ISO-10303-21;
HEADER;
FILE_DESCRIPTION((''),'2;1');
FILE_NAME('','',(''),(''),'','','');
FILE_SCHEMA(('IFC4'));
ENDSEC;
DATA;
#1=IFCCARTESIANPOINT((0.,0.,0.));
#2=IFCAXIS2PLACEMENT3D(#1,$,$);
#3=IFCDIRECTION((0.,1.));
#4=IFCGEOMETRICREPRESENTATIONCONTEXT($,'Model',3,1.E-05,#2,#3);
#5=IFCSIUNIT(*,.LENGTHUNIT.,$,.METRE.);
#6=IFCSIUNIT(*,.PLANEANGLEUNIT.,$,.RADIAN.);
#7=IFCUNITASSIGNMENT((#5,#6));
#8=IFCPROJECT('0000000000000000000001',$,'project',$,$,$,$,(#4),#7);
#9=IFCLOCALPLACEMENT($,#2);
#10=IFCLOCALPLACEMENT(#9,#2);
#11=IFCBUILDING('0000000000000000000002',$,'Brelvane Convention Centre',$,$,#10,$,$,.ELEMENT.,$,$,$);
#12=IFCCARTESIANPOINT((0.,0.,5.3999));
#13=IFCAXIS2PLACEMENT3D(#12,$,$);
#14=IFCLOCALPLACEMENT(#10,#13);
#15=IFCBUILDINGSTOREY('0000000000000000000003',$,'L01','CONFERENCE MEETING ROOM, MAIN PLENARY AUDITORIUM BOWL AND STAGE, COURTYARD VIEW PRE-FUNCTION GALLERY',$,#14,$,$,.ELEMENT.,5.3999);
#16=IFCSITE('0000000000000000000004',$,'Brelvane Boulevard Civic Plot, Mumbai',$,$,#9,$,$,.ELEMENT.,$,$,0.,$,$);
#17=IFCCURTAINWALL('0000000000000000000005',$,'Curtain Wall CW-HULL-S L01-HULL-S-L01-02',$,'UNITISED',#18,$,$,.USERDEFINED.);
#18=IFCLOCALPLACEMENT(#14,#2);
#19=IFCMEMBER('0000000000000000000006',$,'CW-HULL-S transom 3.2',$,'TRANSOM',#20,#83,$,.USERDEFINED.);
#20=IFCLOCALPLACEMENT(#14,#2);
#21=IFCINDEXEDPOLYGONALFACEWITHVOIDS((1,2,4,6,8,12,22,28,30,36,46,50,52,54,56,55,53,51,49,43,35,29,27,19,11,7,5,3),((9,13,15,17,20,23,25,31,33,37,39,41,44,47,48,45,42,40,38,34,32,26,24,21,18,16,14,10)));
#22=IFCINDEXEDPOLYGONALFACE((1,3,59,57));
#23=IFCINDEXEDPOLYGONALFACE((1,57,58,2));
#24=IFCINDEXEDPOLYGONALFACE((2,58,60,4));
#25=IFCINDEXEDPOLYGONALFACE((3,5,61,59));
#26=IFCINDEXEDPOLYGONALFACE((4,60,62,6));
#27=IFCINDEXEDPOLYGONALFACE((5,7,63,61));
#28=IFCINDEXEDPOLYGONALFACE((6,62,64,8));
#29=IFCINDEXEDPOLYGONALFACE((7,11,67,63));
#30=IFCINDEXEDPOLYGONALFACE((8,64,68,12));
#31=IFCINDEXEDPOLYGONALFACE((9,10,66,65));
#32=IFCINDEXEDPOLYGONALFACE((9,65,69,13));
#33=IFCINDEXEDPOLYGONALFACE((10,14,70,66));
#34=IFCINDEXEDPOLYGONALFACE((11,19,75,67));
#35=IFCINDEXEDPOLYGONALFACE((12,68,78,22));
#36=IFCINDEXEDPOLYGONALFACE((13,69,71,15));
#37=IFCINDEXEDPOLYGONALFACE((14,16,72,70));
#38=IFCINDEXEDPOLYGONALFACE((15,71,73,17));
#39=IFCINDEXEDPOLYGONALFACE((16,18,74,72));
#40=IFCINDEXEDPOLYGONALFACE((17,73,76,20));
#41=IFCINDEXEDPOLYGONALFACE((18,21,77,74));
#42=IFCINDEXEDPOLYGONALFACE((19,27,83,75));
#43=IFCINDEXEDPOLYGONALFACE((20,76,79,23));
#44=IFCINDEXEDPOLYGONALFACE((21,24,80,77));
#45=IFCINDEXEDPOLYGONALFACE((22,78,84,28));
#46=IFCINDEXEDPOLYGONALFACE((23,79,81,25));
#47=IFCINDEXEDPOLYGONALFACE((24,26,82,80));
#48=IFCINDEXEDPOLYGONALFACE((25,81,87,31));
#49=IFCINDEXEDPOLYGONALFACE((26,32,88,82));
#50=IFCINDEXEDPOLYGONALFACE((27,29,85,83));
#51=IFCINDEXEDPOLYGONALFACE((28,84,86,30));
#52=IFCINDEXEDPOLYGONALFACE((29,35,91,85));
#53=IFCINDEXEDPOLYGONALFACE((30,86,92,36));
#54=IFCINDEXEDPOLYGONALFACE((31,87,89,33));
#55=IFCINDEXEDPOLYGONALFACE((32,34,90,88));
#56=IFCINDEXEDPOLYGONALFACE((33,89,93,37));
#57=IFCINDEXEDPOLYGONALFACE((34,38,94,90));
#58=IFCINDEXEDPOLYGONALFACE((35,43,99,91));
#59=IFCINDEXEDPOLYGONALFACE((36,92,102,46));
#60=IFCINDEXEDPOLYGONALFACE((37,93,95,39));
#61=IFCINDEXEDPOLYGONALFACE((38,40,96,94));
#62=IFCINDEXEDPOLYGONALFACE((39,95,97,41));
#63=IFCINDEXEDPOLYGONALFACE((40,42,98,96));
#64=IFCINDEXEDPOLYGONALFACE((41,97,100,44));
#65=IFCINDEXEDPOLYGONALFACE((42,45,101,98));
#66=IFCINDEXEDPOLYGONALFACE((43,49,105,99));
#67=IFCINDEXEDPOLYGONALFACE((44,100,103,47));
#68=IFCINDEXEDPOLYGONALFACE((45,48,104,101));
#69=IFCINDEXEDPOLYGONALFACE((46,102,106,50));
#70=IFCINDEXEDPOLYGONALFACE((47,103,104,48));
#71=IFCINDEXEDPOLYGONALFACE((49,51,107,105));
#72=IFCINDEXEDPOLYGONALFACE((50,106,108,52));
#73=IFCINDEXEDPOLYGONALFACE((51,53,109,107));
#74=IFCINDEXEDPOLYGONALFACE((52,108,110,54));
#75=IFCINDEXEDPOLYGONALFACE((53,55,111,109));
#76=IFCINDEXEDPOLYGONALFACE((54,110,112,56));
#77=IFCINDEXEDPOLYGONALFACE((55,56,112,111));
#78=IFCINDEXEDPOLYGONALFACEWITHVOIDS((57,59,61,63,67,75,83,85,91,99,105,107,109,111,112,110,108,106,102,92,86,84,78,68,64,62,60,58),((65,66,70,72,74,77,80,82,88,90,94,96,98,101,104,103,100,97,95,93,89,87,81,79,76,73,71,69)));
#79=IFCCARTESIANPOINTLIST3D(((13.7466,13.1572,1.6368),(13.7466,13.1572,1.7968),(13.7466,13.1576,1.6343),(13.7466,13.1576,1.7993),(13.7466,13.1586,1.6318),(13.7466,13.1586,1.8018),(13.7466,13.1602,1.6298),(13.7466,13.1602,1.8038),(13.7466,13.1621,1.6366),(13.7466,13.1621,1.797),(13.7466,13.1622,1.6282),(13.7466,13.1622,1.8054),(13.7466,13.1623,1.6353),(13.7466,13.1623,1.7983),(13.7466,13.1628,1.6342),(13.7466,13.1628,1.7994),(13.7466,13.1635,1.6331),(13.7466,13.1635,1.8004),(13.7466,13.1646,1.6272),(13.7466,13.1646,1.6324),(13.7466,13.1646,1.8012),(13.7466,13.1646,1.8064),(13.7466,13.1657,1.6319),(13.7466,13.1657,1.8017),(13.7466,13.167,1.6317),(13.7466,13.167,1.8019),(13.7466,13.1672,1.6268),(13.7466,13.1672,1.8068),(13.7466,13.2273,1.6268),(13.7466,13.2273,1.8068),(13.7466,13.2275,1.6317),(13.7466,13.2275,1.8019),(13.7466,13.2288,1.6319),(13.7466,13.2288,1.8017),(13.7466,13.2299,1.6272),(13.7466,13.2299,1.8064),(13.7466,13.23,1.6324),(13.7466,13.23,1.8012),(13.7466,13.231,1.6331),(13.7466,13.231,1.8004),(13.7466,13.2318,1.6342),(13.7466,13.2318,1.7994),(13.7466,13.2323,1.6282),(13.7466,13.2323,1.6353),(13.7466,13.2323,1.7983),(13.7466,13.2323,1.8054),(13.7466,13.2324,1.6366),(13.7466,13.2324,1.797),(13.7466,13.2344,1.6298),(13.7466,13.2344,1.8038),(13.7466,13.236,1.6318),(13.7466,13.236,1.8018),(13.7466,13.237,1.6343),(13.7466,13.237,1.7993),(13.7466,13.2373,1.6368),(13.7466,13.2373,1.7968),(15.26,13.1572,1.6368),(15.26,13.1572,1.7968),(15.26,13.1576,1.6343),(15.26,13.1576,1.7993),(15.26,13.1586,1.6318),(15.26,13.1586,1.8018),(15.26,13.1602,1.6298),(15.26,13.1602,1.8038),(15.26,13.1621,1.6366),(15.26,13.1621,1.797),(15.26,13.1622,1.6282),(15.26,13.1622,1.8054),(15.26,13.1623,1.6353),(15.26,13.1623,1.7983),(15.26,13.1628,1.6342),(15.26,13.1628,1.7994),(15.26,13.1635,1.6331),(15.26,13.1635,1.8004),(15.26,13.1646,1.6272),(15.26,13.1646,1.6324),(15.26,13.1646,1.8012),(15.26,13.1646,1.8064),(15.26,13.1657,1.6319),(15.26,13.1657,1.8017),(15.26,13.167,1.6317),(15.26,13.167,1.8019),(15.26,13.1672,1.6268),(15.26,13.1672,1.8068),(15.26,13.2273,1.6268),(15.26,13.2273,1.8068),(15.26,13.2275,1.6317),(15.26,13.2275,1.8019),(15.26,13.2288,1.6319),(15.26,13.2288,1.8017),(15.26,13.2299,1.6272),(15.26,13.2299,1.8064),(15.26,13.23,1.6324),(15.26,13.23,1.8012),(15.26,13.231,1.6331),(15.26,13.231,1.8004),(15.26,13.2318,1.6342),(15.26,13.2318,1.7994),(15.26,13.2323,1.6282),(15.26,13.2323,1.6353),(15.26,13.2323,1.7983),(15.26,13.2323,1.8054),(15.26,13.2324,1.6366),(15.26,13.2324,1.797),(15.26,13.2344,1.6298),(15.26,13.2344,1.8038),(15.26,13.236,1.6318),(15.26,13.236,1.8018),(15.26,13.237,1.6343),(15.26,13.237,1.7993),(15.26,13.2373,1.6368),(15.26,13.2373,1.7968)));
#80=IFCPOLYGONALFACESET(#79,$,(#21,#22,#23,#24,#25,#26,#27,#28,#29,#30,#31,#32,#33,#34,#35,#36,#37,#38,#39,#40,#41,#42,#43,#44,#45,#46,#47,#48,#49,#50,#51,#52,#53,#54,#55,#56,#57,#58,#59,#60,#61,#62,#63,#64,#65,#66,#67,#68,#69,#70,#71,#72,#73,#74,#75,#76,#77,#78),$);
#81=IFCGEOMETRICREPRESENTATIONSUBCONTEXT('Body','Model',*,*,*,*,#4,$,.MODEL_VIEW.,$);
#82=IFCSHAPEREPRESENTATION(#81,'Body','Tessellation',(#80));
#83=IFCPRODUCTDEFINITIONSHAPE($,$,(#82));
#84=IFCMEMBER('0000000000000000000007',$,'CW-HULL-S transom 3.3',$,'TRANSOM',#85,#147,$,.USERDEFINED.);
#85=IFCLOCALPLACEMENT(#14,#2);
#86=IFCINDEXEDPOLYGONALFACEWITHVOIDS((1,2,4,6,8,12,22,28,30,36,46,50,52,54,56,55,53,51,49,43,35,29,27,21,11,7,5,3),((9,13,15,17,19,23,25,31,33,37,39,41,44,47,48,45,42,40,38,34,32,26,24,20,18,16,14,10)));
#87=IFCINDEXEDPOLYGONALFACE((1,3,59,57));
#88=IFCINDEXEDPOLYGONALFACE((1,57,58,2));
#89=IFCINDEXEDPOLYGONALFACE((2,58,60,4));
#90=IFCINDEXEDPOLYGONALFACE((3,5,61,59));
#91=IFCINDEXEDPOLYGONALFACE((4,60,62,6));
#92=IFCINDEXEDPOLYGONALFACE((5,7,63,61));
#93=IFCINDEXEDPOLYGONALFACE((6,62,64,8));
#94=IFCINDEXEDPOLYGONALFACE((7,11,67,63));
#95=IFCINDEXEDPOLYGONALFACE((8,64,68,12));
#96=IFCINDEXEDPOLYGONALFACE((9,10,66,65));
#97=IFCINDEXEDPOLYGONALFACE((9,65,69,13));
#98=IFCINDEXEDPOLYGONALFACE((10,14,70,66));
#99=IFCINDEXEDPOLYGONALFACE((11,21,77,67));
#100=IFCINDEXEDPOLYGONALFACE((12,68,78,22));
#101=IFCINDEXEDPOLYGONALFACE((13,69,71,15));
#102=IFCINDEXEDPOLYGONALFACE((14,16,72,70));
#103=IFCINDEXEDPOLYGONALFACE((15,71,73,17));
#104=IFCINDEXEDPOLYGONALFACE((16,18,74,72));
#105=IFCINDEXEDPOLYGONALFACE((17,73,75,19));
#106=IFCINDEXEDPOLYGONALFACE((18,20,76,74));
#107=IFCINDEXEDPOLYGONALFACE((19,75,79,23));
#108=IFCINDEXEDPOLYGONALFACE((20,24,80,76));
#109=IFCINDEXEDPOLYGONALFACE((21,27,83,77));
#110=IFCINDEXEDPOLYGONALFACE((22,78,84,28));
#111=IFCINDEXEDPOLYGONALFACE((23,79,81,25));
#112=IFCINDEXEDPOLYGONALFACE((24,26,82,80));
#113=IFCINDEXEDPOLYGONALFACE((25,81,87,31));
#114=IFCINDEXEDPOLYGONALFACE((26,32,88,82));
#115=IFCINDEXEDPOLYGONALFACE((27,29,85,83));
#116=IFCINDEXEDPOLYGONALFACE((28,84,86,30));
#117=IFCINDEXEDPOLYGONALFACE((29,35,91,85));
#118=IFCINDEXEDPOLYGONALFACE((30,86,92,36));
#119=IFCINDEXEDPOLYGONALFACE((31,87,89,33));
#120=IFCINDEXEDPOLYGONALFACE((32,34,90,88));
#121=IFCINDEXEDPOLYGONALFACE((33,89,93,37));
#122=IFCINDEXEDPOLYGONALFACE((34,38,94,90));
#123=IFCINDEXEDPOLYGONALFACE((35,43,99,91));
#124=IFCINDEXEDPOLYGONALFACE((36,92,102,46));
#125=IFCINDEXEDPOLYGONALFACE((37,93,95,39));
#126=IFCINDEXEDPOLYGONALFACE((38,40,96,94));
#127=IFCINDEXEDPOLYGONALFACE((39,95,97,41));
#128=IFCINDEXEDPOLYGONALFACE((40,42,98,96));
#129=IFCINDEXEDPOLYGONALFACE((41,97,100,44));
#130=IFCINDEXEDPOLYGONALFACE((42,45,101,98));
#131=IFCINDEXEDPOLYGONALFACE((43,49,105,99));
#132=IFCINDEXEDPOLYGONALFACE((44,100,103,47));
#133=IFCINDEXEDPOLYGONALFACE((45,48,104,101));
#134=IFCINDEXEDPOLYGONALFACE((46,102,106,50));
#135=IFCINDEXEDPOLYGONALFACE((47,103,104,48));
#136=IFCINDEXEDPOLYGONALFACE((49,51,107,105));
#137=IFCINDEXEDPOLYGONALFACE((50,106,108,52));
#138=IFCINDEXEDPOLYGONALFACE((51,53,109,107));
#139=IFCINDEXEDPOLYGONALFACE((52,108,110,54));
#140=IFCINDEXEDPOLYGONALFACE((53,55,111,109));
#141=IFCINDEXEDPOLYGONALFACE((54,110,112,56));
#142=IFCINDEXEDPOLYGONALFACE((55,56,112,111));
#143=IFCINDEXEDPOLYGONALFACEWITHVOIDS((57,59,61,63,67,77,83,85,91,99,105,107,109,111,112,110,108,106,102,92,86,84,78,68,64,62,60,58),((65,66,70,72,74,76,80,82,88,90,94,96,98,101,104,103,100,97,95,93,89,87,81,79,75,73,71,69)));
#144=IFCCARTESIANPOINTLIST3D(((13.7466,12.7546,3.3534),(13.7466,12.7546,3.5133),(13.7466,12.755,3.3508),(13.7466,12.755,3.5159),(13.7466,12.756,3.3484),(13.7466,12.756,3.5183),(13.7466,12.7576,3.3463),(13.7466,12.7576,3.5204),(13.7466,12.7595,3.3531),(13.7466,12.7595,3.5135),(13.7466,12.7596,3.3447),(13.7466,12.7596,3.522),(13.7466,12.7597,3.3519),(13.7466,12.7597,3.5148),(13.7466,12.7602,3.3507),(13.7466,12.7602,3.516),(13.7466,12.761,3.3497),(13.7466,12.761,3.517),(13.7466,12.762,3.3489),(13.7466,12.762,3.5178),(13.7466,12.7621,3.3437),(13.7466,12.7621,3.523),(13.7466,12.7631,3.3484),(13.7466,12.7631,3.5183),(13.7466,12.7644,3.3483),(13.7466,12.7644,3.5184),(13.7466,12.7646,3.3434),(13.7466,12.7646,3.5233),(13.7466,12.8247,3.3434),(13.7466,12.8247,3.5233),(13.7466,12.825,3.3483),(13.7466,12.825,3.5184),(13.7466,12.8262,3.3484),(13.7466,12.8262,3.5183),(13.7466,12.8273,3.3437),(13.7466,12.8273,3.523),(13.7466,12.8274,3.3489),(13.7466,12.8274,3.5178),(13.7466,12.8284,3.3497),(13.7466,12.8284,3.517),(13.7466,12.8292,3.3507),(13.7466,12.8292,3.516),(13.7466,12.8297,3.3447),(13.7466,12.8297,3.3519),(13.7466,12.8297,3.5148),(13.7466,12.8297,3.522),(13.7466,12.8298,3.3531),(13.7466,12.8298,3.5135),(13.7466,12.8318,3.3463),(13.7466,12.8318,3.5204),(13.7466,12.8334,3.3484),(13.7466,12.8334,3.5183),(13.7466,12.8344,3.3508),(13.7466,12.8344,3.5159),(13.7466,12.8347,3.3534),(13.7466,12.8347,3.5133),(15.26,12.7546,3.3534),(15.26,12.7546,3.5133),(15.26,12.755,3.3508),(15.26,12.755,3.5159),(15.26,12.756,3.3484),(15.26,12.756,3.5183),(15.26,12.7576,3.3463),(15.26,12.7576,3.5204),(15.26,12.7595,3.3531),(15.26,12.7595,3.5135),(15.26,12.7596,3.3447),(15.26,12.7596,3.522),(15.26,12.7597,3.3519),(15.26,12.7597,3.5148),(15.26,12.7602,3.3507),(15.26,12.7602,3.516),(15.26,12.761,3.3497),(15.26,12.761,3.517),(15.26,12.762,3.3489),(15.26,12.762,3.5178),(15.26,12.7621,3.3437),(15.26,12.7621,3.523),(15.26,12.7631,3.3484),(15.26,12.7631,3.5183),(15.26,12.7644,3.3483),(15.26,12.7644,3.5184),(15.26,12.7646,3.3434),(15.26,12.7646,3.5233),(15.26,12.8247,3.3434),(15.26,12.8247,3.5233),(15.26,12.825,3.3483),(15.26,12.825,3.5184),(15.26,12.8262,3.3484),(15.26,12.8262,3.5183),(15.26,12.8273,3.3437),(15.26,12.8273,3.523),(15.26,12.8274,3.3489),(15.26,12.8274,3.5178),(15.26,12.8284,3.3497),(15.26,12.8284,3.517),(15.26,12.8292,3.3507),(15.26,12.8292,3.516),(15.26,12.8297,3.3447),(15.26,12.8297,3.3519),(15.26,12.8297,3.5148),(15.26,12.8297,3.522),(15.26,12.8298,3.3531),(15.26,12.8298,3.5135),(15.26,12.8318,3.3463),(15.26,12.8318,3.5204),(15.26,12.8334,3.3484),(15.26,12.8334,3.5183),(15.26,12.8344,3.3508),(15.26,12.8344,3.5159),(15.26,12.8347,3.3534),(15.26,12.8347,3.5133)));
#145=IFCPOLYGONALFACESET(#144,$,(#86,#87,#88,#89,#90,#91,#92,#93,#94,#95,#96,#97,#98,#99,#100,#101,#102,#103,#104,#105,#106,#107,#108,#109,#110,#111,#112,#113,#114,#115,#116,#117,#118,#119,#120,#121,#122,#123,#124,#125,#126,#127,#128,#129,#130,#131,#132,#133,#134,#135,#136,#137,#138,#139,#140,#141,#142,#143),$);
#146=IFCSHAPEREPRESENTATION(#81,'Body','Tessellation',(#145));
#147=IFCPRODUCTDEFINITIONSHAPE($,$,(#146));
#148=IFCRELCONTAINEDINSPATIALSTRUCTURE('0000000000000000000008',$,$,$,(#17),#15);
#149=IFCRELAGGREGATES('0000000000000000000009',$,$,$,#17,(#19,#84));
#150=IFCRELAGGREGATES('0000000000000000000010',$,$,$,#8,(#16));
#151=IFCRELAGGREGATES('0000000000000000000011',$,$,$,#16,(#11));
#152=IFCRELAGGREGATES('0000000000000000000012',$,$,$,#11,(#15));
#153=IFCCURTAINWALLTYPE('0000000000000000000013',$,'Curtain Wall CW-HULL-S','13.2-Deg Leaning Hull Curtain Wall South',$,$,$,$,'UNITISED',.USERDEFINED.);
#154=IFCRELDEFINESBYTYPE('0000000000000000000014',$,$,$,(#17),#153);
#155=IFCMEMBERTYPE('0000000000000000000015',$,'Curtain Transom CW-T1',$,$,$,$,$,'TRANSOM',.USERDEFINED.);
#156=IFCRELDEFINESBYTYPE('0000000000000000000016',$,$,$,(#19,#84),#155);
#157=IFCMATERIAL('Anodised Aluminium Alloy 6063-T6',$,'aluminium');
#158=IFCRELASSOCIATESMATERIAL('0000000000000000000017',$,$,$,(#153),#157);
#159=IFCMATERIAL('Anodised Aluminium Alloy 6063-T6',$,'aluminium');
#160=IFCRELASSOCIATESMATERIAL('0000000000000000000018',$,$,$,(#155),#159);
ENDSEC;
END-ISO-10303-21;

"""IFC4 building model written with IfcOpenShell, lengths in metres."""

from ifc_helpers import new_model, si_unit, direction, frame, origin, origin_2d, place, context, subcontext, project, spatial, hollow_rectangle, extrude, material, material_profile, profile_set, type_object, element, aggregate, save


model = new_model("IFC4")

# Units and contexts
model_context = context("Model", 3, precision=1e-05, world=origin(), true_north=direction((0.0, 1.0)))
body_context = subcontext(model_context, "Body", "Model", "MODEL_VIEW")
ifc_project = project(units=[si_unit("LENGTHUNIT", "METRE"), si_unit("PLANEANGLEUNIT", "RADIAN")], contexts=[model_context])

# Site, building, storey
site_placement = place(None, origin())
site = spatial("IfcSite", under=ifc_project, at=site_placement, Name="Brelvane Boulevard Civic Plot, Mumbai", CompositionType="ELEMENT", RefElevation=0.0)
building_placement = place(site_placement, origin())
building = spatial("IfcBuilding", under=site, at=building_placement, Name="Brelvane Convention Centre", CompositionType="ELEMENT")
storey_placement = place(building_placement, frame((0.0, 0.0, 5.3999)))
storey = spatial("IfcBuildingStorey", under=building, at=storey_placement, Name="L01", Description="CONFERENCE MEETING ROOM, MAIN PLENARY AUDITORIUM BOWL AND STAGE, COURTYARD VIEW PRE-FUNCTION GALLERY", CompositionType="ELEMENT", Elevation=5.3999)

# Curtain wall, members
ifc_material_1 = material(Name="Anodised Aluminium Alloy 6063-T6", Category="aluminium")
curtain_wall_type = type_object("IfcCurtainWallType", Name="Curtain Wall CW-HULL-S", Description="13.2-Deg Leaning Hull Curtain Wall South", ElementType="UNITISED", PredefinedType="USERDEFINED", material=ifc_material_1)
curtain_wall_1_placement = place(storey_placement, origin())
curtain_wall_1 = element("IfcCurtainWall", 1, at=curtain_wall_1_placement, inside=storey, type_object=curtain_wall_type, Name="Curtain Wall CW-HULL-S L01-HULL-S-L01-02", ObjectType="UNITISED", PredefinedType="USERDEFINED")
ifc_material_2 = material(Name="Anodised Aluminium Alloy 6063-T6", Category="aluminium")
ifc_material_profile = material_profile(ifc_material_2, hollow_rectangle(XDim=0.0801, YDim=0.1799, WallThickness=0.0049, InnerFilletRadius=0.0049, OuterFilletRadius=0.01, at=origin_2d()), Name="ALU-T 180x80x5.0")
ifc_profile_set = profile_set([ifc_material_profile], Name="Anodised Aluminium Alloy 6063-T6")
member_type = type_object("IfcMemberType", Name="Curtain Transom CW-T1", ElementType="TRANSOM", PredefinedType="USERDEFINED", material=ifc_profile_set)
member_1_placement = place(storey_placement, frame((13.7466, 13.1973, 1.7168), z_axis=(1.0, 0.0, 0.0), x_axis=(0.0, 1.0, 0.0)))
member_1 = element("IfcMember", 2, at=member_1_placement, type_object=member_type, Name="CW-HULL-S transom 3.2", ObjectType="TRANSOM", PredefinedType="USERDEFINED", context=body_context, shape_type="SweptSolid", body=[
    extrude(hollow_rectangle(XDim=0.0801, YDim=0.1799, WallThickness=0.0049, InnerFilletRadius=0.0049, OuterFilletRadius=0.01, at=origin_2d()), origin(), (0.0, 0.0, 1.0), 1.5134),
])
member_2_placement = place(storey_placement, frame((13.7466, 12.7947, 3.4333), z_axis=(1.0, 0.0, 0.0), x_axis=(0.0, 1.0, 0.0)))
member_2 = element("IfcMember", 3, at=member_2_placement, type_object=member_type, Name="CW-HULL-S transom 3.3", ObjectType="TRANSOM", PredefinedType="USERDEFINED", context=body_context, shape_type="SweptSolid", body=[
    extrude(hollow_rectangle(XDim=0.0801, YDim=0.1799, WallThickness=0.0049, InnerFilletRadius=0.0049, OuterFilletRadius=0.01, at=origin_2d()), origin(), (0.0, 0.0, 1.0), 1.5134),
])

aggregate(curtain_wall_1, [member_1, member_2])

save(model, "model.ifc")
